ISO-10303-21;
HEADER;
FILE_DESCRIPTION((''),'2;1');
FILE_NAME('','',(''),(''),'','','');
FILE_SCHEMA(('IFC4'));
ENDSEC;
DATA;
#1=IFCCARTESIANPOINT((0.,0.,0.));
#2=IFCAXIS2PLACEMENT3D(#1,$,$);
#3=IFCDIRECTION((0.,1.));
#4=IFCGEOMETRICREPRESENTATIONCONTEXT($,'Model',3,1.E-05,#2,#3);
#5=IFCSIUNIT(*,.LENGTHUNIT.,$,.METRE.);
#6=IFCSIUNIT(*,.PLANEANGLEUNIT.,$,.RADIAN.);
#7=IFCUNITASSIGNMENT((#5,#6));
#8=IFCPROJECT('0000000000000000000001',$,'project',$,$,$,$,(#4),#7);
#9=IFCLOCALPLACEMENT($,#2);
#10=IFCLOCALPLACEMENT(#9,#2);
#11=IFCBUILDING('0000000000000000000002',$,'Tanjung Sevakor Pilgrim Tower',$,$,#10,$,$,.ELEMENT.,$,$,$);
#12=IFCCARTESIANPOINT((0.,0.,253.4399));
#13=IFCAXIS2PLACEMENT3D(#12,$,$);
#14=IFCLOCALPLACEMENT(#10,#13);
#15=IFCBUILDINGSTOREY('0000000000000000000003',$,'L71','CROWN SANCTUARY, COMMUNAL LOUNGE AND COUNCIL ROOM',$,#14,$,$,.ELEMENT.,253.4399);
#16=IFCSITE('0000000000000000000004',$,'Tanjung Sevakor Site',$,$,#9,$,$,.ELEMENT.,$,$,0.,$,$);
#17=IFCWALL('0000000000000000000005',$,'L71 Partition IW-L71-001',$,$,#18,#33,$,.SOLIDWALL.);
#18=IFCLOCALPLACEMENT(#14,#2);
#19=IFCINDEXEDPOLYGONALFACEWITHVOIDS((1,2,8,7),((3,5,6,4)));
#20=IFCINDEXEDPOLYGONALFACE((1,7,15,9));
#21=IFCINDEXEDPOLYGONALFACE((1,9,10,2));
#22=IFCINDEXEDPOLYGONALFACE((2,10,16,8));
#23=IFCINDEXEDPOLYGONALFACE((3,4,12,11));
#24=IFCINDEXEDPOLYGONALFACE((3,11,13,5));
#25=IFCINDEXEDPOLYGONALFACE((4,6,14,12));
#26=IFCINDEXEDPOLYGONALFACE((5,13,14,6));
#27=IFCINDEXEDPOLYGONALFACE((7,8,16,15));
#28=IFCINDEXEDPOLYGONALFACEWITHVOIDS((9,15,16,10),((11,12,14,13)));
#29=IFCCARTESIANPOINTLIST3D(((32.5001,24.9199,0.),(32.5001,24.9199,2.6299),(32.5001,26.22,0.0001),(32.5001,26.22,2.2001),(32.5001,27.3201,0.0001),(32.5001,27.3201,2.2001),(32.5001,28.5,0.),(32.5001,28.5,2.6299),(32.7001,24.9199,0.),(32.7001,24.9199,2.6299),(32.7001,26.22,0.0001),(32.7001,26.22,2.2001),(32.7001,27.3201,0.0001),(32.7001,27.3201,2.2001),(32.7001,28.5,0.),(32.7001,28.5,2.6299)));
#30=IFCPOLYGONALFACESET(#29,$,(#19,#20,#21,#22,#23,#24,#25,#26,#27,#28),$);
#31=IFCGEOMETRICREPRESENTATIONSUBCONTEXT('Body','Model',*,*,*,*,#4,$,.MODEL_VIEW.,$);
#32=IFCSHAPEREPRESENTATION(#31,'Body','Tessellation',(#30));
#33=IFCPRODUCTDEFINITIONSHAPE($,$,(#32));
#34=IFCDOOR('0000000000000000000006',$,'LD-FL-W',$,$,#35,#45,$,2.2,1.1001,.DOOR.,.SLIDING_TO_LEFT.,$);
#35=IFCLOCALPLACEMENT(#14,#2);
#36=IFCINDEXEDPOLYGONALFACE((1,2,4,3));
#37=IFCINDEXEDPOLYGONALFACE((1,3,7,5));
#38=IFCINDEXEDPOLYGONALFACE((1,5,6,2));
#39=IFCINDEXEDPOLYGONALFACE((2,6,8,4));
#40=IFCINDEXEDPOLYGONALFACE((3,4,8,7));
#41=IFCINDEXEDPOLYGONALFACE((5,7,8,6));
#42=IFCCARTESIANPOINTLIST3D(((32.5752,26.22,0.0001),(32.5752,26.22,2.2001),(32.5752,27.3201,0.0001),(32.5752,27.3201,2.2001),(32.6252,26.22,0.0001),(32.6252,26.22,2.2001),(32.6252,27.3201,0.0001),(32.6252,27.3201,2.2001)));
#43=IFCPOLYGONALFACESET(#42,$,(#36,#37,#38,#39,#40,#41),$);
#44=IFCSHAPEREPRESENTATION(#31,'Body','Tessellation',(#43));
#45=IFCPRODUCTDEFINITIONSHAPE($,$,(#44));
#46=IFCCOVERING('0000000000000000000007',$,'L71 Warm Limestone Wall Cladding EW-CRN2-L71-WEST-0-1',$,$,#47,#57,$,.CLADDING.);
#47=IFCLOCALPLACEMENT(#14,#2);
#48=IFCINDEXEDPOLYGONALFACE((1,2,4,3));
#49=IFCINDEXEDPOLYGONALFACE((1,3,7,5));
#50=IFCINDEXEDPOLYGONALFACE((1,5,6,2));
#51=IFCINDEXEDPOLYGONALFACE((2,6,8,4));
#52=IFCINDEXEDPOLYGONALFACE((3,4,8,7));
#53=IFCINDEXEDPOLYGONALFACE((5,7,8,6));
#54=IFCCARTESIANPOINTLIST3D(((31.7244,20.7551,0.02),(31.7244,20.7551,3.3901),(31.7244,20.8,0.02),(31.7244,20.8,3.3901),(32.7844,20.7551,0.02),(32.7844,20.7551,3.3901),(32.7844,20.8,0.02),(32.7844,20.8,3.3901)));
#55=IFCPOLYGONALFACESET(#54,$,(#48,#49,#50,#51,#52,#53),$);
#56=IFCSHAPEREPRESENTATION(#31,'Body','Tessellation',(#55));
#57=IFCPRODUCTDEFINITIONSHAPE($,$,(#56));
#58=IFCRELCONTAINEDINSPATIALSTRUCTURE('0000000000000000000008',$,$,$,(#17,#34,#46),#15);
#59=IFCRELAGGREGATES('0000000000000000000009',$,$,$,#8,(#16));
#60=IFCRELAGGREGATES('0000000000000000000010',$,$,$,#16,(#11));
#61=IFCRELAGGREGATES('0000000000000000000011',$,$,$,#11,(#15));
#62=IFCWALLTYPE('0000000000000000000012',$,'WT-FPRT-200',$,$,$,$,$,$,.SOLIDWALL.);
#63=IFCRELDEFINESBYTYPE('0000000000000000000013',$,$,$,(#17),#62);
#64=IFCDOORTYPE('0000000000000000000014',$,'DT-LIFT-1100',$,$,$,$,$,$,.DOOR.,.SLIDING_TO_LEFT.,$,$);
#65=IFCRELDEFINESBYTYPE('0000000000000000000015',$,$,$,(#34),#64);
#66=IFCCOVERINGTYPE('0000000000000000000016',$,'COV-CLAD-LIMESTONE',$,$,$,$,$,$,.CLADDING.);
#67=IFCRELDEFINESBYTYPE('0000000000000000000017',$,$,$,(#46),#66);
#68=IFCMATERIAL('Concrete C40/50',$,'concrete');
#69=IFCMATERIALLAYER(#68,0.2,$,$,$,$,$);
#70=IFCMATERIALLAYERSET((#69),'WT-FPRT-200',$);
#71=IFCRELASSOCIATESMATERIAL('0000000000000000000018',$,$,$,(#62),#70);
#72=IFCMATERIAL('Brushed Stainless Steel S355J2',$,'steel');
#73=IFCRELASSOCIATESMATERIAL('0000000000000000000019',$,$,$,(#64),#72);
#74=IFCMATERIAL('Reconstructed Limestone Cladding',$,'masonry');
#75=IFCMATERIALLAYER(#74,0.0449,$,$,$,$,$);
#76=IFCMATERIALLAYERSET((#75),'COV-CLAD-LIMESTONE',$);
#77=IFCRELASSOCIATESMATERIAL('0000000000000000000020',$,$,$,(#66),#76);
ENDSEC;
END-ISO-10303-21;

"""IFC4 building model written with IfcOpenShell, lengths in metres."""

from ifc_helpers import new_model, si_unit, direction, frame, frame_2d, origin, origin_2d, place, context, subcontext, project, spatial, rectangle, extrude, material, layer, layer_set, type_object, element, fill, save


model = new_model("IFC4")

# Units and contexts
model_context = context("Model", 3, precision=1e-05, world=origin(), true_north=direction((0.0, 1.0)))
body_context = subcontext(model_context, "Body", "Model", "MODEL_VIEW")
ifc_project = project(units=[si_unit("LENGTHUNIT", "METRE"), si_unit("PLANEANGLEUNIT", "RADIAN")], contexts=[model_context])

# Site, building, storey
site_placement = place(None, origin())
site = spatial("IfcSite", under=ifc_project, at=site_placement, Name="Tanjung Sevakor Site", CompositionType="ELEMENT", RefElevation=0.0)
building_placement = place(site_placement, origin())
building = spatial("IfcBuilding", under=site, at=building_placement, Name="Tanjung Sevakor Pilgrim Tower", CompositionType="ELEMENT")
storey_placement = place(building_placement, frame((0.0, 0.0, 253.4399)))
storey = spatial("IfcBuildingStorey", under=building, at=storey_placement, Name="L71", Description="CROWN SANCTUARY, COMMUNAL LOUNGE AND COUNCIL ROOM", CompositionType="ELEMENT", Elevation=253.4399)

# Wall, opening, door
ifc_material_1 = material(Name="Concrete C40/50", Category="concrete")
ifc_layer_1 = layer(ifc_material_1, 0.2)
ifc_layer_set_1 = layer_set([ifc_layer_1], Name="WT-FPRT-200")
wall_type_1 = type_object("IfcWallType", Name="WT-FPRT-200", PredefinedType="SOLIDWALL", material=ifc_layer_set_1)
wall_1_placement = place(storey_placement, frame((32.6001, 24.9199, 0.0), z_axis=(0.0, 0.0, 1.0), x_axis=(0.0, 1.0, 0.0)))
wall_1 = element("IfcWall", 1, at=wall_1_placement, inside=storey, type_object=wall_type_1, Name="L71 Partition IW-L71-001", PredefinedType="SOLIDWALL", context=body_context, shape_type="SweptSolid", body=[
    extrude(rectangle(XDim=3.5801, YDim=0.2, at=frame_2d((1.79, 0.0))), origin(), (0.0, 0.0, 1.0), 2.6299),
])
opening_1_placement = place(wall_1_placement, frame((1.3, 0.0, 0.0)))
opening_1 = element("IfcOpeningElement", 2, at=opening_1_placement, cuts=wall_1, PredefinedType="OPENING", context=body_context, shape_type="SweptSolid", body=[
    extrude(rectangle(XDim=1.1001, YDim=2.2, at=frame_2d((0.55, 1.1001))), frame((0.0, 0.1099, 0.0), z_axis=(0.0, -1.0, 0.0), x_axis=(1.0, 0.0, 0.0)), (0.0, 0.0, 1.0), 0.22),
])
ifc_material_2 = material(Name="Brushed Stainless Steel S355J2", Category="steel")
door_type_1 = type_object("IfcDoorType", Name="DT-LIFT-1100", OperationType="SLIDING_TO_LEFT", PredefinedType="DOOR", material=ifc_material_2)
door_1_placement = place(opening_1_placement, origin())
door_1 = element("IfcDoor", 3, at=door_1_placement, inside=storey, type_object=door_type_1, Name="LD-FL-W", OperationType="SLIDING_TO_LEFT", OverallHeight=2.2, OverallWidth=1.1001, PredefinedType="DOOR", context=body_context, shape_type="SweptSolid", body=[
    extrude(rectangle(XDim=1.1001, YDim=2.2, at=frame_2d((0.55, 1.1001))), frame((0.0, 0.0249, 0.0), z_axis=(0.0, -1.0, 0.0), x_axis=(1.0, 0.0, 0.0)), (0.0, 0.0, 1.0), 0.05),
])
fill(opening_1, door_1)

# Covering
ifc_material_3 = material(Name="Reconstructed Limestone Cladding", Category="masonry")
ifc_layer_2 = layer(ifc_material_3, 0.0449)
ifc_layer_set_2 = layer_set([ifc_layer_2], Name="COV-CLAD-LIMESTONE")
covering_type = type_object("IfcCoveringType", Name="COV-CLAD-LIMESTONE", PredefinedType="CLADDING", material=ifc_layer_set_2)
covering_placement = place(storey_placement, frame((32.2544, 20.7776, 0.02), z_axis=(0.0, 0.0, 1.0), x_axis=(1.0, 0.0, 0.0)))
element("IfcCovering", 4, at=covering_placement, inside=storey, type_object=covering_type, Name="L71 Warm Limestone Wall Cladding EW-CRN2-L71-WEST-0-1", PredefinedType="CLADDING", context=body_context, shape_type="SweptSolid", body=[
    extrude(rectangle(XDim=1.0601, YDim=0.0449, at=origin_2d()), origin(), (0.0, 0.0, 1.0), 3.3701),
])

save(model, "model.ifc")
